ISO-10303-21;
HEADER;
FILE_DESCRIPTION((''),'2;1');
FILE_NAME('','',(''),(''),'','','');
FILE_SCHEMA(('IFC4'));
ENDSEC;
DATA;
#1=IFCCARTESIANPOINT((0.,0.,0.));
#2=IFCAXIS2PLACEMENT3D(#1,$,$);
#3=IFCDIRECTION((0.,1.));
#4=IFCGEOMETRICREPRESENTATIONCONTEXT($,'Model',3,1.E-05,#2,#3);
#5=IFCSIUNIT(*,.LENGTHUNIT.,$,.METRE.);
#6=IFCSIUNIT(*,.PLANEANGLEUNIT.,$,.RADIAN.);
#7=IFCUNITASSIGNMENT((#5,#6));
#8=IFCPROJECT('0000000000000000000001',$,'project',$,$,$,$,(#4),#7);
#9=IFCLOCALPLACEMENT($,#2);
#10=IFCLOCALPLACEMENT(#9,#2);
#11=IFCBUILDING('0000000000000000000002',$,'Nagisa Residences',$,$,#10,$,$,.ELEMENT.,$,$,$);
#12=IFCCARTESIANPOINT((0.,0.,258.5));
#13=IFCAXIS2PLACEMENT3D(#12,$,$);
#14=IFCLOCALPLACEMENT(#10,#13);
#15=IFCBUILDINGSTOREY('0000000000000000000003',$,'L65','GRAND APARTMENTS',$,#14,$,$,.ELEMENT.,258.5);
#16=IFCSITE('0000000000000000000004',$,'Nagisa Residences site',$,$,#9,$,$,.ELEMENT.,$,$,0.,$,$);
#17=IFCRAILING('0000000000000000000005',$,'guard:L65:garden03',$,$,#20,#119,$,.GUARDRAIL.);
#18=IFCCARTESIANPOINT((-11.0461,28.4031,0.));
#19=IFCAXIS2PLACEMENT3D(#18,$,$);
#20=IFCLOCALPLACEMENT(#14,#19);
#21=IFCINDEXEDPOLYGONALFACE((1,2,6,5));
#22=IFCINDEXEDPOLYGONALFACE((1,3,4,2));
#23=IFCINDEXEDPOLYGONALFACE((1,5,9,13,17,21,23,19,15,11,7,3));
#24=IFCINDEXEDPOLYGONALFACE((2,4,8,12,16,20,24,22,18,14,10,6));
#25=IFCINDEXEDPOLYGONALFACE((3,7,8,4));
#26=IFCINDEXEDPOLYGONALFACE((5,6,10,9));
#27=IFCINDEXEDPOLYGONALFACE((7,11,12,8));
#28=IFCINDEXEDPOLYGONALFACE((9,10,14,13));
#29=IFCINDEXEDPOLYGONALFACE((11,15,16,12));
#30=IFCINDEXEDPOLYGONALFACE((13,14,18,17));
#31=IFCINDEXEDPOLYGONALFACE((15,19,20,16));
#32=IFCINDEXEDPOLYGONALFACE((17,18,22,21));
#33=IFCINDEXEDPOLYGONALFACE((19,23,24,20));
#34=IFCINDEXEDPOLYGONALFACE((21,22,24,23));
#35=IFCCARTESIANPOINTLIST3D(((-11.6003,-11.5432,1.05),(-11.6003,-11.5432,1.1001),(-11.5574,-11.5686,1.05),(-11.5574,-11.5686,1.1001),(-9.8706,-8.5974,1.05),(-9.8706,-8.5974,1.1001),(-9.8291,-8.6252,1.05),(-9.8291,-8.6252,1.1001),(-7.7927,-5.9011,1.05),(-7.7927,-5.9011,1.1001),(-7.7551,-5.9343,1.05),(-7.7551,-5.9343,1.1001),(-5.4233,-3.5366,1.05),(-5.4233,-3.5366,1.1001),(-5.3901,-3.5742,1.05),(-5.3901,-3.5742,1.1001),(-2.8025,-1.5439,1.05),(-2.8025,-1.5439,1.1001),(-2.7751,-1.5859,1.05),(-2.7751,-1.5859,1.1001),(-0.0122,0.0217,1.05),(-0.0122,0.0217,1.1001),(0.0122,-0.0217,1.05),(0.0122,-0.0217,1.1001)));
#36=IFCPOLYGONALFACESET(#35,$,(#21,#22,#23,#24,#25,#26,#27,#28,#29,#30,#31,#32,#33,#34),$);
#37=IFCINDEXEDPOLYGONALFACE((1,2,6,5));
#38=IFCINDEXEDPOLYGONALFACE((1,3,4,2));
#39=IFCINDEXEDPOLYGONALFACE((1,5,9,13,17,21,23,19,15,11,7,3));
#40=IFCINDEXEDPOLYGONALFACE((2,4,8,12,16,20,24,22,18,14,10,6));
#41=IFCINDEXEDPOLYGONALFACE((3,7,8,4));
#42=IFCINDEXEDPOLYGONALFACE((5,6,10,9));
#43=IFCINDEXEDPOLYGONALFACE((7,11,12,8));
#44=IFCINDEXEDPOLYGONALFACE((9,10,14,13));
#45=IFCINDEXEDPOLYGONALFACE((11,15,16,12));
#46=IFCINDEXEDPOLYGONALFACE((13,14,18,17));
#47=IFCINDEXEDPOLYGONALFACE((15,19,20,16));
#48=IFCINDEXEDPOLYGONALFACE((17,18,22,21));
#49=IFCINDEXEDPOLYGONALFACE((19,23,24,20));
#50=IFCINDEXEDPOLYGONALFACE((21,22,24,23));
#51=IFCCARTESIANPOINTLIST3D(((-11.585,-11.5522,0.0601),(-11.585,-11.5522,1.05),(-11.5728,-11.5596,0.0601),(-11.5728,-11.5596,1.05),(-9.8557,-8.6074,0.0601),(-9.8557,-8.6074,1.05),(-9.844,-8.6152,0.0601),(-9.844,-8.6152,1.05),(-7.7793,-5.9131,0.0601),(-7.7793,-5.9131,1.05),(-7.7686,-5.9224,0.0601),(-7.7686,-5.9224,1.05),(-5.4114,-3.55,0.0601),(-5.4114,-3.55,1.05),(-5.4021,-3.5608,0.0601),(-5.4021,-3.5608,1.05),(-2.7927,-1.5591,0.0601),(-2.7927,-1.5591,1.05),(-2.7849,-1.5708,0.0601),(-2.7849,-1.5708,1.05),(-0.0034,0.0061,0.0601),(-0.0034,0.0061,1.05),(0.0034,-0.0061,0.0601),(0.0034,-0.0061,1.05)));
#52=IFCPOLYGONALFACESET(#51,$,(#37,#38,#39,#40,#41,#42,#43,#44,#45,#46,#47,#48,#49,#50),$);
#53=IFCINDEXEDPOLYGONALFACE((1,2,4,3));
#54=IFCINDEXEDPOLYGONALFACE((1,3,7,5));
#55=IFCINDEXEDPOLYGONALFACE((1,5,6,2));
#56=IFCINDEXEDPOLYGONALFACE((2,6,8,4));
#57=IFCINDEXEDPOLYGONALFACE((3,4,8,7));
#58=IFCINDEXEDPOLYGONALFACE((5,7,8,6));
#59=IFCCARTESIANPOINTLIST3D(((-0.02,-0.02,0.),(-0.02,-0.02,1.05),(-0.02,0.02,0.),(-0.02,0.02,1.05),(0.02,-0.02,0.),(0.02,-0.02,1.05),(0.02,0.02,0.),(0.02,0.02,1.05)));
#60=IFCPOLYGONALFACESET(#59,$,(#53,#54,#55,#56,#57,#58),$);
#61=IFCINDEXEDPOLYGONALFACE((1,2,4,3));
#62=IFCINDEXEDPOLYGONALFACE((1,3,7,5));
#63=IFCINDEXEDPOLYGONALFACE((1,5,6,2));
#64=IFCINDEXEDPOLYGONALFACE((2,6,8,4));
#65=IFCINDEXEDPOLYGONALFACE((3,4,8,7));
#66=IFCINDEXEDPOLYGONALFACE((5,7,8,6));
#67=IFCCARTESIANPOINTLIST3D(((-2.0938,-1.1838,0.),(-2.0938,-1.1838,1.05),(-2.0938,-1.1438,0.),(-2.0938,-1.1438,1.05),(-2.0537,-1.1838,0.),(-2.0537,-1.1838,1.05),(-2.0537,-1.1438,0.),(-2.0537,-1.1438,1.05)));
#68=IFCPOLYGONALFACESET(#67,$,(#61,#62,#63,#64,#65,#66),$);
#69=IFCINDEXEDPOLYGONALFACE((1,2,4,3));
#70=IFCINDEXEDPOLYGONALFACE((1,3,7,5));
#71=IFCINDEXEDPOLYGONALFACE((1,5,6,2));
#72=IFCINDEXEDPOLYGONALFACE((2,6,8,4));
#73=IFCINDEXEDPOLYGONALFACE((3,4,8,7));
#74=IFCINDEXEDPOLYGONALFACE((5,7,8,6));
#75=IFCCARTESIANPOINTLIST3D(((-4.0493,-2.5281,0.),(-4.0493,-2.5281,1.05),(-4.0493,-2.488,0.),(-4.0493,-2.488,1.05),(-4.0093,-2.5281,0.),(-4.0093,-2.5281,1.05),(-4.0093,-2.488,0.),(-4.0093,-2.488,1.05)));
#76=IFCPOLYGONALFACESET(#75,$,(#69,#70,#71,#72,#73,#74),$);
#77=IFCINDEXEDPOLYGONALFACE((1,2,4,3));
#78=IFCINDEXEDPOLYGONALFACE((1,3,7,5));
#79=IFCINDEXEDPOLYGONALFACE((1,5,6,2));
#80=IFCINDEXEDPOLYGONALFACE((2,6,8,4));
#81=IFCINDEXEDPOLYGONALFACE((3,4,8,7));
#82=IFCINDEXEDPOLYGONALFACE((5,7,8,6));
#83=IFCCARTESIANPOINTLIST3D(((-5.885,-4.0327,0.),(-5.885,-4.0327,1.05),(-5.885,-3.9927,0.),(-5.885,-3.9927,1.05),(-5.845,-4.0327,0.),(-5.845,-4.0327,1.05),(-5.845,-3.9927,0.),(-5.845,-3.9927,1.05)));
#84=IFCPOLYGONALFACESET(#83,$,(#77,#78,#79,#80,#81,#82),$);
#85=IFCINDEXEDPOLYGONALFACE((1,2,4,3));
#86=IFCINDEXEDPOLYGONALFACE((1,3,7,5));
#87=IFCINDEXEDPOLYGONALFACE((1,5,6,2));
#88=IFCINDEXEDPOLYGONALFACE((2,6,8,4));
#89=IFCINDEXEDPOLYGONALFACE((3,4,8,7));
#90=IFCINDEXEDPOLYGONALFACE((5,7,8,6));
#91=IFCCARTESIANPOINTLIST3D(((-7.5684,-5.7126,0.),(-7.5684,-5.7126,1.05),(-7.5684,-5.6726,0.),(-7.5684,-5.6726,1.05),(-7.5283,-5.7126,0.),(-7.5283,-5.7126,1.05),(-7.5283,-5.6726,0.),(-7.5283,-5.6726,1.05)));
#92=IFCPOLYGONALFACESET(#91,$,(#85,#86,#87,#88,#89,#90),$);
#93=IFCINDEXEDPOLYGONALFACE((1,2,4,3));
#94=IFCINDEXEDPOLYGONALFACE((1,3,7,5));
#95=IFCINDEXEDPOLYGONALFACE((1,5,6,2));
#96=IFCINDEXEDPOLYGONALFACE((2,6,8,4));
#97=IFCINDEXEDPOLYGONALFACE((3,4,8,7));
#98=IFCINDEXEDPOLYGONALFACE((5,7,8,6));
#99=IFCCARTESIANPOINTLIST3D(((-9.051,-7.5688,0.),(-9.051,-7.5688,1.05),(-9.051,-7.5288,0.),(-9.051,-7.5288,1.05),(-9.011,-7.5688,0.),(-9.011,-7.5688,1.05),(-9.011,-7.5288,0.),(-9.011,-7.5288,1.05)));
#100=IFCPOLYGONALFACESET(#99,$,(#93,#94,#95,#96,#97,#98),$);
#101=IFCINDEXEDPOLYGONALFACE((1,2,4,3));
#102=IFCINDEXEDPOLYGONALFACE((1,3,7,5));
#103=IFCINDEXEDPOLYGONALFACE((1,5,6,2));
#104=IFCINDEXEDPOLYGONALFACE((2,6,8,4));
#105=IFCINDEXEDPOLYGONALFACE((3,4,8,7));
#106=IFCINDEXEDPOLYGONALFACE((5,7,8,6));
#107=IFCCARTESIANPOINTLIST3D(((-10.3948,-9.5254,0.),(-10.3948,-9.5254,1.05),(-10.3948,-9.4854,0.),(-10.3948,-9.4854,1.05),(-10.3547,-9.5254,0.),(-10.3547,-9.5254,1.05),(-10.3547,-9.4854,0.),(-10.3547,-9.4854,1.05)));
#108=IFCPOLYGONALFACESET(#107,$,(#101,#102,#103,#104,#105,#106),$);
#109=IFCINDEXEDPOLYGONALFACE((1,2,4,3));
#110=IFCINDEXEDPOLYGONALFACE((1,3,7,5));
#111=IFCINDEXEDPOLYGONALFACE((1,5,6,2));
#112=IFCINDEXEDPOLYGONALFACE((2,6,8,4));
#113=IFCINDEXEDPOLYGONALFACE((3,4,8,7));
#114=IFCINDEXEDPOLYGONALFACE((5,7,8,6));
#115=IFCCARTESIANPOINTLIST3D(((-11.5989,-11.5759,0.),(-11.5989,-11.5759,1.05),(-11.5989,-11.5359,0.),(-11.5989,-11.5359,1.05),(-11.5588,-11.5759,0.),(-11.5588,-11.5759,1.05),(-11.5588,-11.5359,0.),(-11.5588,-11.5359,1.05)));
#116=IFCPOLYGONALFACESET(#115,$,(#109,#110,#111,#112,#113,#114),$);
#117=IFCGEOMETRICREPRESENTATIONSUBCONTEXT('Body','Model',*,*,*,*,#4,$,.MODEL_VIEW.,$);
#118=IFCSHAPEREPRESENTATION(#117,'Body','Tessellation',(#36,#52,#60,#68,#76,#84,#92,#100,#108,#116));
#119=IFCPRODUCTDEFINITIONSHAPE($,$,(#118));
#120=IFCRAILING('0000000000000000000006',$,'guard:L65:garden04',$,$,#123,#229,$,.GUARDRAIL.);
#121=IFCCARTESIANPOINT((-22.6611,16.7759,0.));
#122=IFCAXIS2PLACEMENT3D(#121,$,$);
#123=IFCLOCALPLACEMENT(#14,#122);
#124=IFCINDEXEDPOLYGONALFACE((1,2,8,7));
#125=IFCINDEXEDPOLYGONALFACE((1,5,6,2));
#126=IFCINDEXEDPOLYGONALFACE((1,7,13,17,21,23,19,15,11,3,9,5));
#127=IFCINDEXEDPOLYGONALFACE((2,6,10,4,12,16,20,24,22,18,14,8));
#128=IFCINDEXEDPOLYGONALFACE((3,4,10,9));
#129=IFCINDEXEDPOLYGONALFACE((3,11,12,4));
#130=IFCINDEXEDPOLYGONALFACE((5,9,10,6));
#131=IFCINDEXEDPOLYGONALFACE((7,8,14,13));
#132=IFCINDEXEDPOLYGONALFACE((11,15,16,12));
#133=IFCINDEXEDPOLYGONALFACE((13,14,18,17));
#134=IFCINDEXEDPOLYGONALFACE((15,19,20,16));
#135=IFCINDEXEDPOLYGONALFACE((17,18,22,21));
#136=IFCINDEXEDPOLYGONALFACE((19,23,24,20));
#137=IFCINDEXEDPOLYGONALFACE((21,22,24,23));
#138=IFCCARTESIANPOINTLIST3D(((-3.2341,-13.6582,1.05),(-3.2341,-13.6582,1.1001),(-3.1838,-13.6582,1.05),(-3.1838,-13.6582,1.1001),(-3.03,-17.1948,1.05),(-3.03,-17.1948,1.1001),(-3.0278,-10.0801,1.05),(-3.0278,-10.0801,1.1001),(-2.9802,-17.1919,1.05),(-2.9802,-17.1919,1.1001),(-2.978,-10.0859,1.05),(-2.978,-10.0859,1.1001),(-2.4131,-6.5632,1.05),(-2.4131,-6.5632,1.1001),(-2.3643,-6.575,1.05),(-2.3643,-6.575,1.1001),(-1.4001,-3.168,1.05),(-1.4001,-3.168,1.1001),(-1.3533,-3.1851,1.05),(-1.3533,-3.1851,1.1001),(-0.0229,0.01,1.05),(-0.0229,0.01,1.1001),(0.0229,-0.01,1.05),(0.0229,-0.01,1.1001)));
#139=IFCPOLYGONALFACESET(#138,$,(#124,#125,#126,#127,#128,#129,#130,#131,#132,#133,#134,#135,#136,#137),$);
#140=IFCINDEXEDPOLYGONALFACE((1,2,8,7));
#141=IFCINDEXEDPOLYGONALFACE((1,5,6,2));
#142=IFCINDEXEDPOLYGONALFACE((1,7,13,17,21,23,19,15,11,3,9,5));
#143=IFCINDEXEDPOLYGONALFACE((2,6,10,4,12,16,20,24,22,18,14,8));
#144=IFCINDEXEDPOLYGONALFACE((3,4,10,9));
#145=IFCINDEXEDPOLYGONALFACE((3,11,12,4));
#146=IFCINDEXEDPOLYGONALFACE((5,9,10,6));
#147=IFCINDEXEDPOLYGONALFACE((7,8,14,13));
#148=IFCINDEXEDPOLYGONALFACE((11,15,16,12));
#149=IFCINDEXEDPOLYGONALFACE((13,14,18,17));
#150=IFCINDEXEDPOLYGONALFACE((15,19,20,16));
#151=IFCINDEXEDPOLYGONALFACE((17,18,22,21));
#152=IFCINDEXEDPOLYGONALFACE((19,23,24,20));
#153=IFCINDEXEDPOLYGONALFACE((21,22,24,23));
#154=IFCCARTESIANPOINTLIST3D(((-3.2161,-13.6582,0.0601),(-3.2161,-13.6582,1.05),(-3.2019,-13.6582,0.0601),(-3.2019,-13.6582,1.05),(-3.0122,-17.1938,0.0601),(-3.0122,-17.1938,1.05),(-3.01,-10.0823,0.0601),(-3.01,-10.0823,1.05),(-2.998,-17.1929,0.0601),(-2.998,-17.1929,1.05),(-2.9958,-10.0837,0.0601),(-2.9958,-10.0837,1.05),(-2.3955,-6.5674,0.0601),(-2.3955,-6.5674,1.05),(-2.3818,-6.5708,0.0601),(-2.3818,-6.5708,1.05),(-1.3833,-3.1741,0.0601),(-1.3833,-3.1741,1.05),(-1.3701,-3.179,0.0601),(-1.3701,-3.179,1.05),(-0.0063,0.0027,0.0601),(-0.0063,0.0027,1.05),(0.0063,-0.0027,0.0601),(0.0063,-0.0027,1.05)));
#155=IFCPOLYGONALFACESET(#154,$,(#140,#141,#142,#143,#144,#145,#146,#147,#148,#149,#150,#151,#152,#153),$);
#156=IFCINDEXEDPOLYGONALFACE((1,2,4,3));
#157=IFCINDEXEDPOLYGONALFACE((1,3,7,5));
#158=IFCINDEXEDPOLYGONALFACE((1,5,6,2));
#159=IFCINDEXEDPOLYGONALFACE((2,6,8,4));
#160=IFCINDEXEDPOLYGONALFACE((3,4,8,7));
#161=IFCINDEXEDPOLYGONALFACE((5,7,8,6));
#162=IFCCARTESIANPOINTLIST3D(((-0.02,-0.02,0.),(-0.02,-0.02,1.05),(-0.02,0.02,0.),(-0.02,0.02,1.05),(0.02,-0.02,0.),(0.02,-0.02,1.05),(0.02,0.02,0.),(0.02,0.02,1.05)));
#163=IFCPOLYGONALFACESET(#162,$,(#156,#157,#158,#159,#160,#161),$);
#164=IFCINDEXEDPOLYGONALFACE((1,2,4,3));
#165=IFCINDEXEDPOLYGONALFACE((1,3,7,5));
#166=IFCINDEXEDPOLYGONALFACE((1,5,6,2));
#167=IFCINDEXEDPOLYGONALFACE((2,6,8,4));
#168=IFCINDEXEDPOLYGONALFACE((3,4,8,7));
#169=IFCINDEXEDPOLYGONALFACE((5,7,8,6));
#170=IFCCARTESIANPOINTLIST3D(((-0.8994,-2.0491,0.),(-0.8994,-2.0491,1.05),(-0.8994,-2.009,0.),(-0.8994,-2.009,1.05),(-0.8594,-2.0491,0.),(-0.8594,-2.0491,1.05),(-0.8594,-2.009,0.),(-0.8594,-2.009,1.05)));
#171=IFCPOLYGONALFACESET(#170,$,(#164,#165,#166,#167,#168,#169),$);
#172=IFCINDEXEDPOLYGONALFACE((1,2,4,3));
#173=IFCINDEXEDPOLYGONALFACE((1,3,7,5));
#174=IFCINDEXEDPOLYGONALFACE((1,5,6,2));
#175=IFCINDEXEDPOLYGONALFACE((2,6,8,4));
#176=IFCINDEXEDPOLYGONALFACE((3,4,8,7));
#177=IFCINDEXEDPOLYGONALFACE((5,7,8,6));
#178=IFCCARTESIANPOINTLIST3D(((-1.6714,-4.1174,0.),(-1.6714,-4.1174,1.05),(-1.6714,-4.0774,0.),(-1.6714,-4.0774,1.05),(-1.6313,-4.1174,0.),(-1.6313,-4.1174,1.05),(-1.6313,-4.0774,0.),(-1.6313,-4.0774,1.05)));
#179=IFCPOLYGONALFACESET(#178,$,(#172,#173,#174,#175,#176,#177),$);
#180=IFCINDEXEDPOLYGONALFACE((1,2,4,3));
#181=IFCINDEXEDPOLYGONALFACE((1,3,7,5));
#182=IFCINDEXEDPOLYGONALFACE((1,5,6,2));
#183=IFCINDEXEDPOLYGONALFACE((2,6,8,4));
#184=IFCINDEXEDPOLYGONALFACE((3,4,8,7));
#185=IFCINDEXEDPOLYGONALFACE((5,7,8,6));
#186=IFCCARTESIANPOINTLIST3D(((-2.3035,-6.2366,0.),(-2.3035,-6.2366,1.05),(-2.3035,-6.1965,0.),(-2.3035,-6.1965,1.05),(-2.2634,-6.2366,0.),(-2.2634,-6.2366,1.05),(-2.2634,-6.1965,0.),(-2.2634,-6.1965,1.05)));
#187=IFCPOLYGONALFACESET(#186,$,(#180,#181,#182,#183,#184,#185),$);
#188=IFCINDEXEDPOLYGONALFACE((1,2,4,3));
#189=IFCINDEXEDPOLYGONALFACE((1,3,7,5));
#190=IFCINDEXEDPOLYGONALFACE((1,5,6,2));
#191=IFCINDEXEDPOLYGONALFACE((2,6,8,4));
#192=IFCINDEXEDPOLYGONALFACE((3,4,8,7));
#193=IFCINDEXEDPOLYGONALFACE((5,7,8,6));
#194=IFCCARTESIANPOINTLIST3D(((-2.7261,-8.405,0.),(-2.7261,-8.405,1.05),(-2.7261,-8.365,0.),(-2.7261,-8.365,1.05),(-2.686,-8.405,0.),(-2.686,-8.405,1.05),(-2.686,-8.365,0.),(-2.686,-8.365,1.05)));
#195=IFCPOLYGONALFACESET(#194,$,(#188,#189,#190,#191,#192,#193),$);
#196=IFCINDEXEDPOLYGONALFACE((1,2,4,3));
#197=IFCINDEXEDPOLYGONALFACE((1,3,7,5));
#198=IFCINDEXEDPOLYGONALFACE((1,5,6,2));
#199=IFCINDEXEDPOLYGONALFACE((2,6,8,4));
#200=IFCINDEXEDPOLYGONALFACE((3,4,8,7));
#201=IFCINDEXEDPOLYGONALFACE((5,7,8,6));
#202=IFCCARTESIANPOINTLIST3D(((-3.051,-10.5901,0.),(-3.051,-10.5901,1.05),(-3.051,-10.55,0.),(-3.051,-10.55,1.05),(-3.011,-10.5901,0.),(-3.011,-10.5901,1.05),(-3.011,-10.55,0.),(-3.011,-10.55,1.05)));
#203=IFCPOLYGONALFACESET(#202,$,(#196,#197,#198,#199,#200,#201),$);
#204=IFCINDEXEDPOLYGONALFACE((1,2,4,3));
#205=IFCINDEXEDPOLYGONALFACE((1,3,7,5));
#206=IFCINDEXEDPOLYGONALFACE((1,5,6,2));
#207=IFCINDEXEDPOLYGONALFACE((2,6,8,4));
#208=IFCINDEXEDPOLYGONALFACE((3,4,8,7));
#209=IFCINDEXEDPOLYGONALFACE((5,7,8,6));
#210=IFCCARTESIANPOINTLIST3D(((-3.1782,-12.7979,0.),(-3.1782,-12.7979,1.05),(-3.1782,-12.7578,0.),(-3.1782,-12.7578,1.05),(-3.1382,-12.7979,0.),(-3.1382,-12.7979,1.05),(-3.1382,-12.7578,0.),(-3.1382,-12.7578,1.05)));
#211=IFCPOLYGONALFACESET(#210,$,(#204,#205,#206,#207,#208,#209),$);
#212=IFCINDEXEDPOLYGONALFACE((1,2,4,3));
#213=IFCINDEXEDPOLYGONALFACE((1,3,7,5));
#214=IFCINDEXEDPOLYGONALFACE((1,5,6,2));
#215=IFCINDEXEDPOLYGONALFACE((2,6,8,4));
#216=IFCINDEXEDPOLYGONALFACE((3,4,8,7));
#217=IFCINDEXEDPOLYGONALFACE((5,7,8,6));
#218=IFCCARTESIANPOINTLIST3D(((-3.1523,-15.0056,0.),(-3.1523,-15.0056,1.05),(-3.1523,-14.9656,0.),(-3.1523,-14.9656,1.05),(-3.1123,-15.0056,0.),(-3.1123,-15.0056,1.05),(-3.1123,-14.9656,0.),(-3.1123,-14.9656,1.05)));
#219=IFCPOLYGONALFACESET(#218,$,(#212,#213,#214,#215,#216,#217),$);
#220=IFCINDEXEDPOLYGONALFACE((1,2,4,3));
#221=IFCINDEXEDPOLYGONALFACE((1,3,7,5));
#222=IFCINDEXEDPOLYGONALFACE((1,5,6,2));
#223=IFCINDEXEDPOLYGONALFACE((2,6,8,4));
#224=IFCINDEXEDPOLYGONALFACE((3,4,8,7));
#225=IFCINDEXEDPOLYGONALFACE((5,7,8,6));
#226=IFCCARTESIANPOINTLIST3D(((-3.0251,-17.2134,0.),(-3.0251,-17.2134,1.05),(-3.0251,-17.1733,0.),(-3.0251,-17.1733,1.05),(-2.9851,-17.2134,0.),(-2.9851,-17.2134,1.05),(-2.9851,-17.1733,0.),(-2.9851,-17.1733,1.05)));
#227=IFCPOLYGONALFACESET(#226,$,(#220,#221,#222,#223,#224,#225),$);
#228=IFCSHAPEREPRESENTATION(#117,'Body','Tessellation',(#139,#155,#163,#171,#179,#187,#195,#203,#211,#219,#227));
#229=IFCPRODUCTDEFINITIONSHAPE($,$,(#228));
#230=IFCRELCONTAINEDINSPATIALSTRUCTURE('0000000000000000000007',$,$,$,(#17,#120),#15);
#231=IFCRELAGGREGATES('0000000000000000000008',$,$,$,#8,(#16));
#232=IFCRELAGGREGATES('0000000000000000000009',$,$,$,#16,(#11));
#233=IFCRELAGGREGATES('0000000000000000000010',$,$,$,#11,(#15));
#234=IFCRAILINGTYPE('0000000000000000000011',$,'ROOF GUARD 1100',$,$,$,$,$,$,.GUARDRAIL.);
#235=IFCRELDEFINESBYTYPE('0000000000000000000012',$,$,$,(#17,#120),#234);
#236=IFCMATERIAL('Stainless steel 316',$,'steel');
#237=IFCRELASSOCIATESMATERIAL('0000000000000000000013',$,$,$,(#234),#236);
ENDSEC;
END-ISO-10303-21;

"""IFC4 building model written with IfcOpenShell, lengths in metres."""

from ifc_helpers import new_model, si_unit, direction, frame, origin, origin_2d, place, context, subcontext, project, spatial, polyline, rectangle, outline, extrude, material, type_object, element, save


model = new_model("IFC4")

# Units and contexts
model_context = context("Model", 3, precision=1e-05, world=origin(), true_north=direction((0.0, 1.0)))
body_context = subcontext(model_context, "Body", "Model", "MODEL_VIEW")
ifc_project = project(units=[si_unit("LENGTHUNIT", "METRE"), si_unit("PLANEANGLEUNIT", "RADIAN")], contexts=[model_context])

# Site, building, storey
site_placement = place(None, origin())
site = spatial("IfcSite", under=ifc_project, at=site_placement, Name="Nagisa Residences site", CompositionType="ELEMENT", RefElevation=0.0)
building_placement = place(site_placement, origin())
building = spatial("IfcBuilding", under=site, at=building_placement, Name="Nagisa Residences", CompositionType="ELEMENT")
storey_placement = place(building_placement, frame((0.0, 0.0, 258.5)))
storey = spatial("IfcBuildingStorey", under=building, at=storey_placement, Name="L65", Description="GRAND APARTMENTS", CompositionType="ELEMENT", Elevation=258.5)

# Railings
ifc_material_1 = material(Name="Stainless steel 316", Category="steel")
railing_type = type_object("IfcRailingType", Name="ROOF GUARD 1100", PredefinedType="GUARDRAIL", material=ifc_material_1)
railing_1_placement = place(storey_placement, frame((-11.0461, 28.4031, 0.0)))
element("IfcRailing", 1, at=railing_1_placement, inside=storey, type_object=railing_type, Name="guard:L65:garden03", PredefinedType="GUARDRAIL", context=body_context, shape_type="SweptSolid", body=[
    extrude(outline(polyline([(-2.7751, -1.5859), (0.0122, -0.0217), (-0.0122, 0.0217), (-2.8025, -1.5439), (-5.4233, -3.5366), (-7.7927, -5.9011), (-9.8706, -8.5974), (-11.6003, -11.5432), (-11.5574, -11.5686), (-9.8291, -8.6252), (-7.7551, -5.9343), (-5.3901, -3.5742), (-2.7751, -1.5859)])), frame((0.0, 0.0, 1.05)), (0.0, 0.0, 1.0), 0.05),
    extrude(outline(polyline([(-2.7849, -1.5708), (0.0034, -0.0061), (-0.0034, 0.0061), (-2.7927, -1.5591), (-5.4114, -3.55), (-7.7793, -5.9131), (-9.8557, -8.6074), (-11.585, -11.5522), (-11.5728, -11.5596), (-9.844, -8.6152), (-7.7686, -5.9224), (-5.4021, -3.5608), (-2.7849, -1.5708)])), frame((0.0, 0.0, 0.0601)), (0.0, 0.0, 1.0), 0.99),
    extrude(rectangle(XDim=0.04, YDim=0.04, at=origin_2d()), origin(), (0.0, 0.0, 1.0), 1.05),
    extrude(rectangle(XDim=0.04, YDim=0.04, at=origin_2d()), frame((-2.0737, -1.1638, 0.0)), (0.0, 0.0, 1.0), 1.05),
    extrude(rectangle(XDim=0.04, YDim=0.04, at=origin_2d()), frame((-4.0293, -2.5081, 0.0)), (0.0, 0.0, 1.0), 1.05),
    extrude(rectangle(XDim=0.04, YDim=0.04, at=origin_2d()), frame((-5.865, -4.0127, 0.0)), (0.0, 0.0, 1.0), 1.05),
    extrude(rectangle(XDim=0.04, YDim=0.04, at=origin_2d()), frame((-7.5483, -5.6926, 0.0)), (0.0, 0.0, 1.0), 1.05),
    extrude(rectangle(XDim=0.04, YDim=0.04, at=origin_2d()), frame((-9.031, -7.5488, 0.0)), (0.0, 0.0, 1.0), 1.05),
    extrude(rectangle(XDim=0.04, YDim=0.04, at=origin_2d()), frame((-10.3748, -9.5054, 0.0)), (0.0, 0.0, 1.0), 1.05),
    extrude(rectangle(XDim=0.04, YDim=0.04, at=origin_2d()), frame((-11.5789, -11.5559, 0.0)), (0.0, 0.0, 1.0), 1.05),
])
railing_2_placement = place(storey_placement, frame((-22.6611, 16.7759, 0.0)))
element("IfcRailing", 2, at=railing_2_placement, inside=storey, type_object=railing_type, Name="guard:L65:garden04", PredefinedType="GUARDRAIL", context=body_context, shape_type="SweptSolid", body=[
    extrude(outline(polyline([(-1.3533, -3.1851), (0.0229, -0.01), (-0.0229, 0.01), (-1.4001, -3.168), (-2.4131, -6.5632), (-3.0278, -10.0801), (-3.2341, -13.6582), (-3.03, -17.1948), (-2.9802, -17.1919), (-3.1838, -13.6582), (-2.978, -10.0859), (-2.3643, -6.575), (-1.3533, -3.1851)])), frame((0.0, 0.0, 1.05)), (0.0, 0.0, 1.0), 0.05),
    extrude(outline(polyline([(-1.3701, -3.179), (0.0063, -0.0027), (-0.0063, 0.0027), (-1.3833, -3.1741), (-2.3955, -6.5674), (-3.01, -10.0823), (-3.2161, -13.6582), (-3.0122, -17.1938), (-2.998, -17.1929), (-3.2019, -13.6582), (-2.9958, -10.0837), (-2.3818, -6.5708), (-1.3701, -3.179)])), frame((0.0, 0.0, 0.0601)), (0.0, 0.0, 1.0), 0.99),
    extrude(rectangle(XDim=0.04, YDim=0.04, at=origin_2d()), origin(), (0.0, 0.0, 1.0), 1.05),
    extrude(rectangle(XDim=0.04, YDim=0.04, at=origin_2d()), frame((-0.8794, -2.0291, 0.0)), (0.0, 0.0, 1.0), 1.05),
    extrude(rectangle(XDim=0.04, YDim=0.04, at=origin_2d()), frame((-1.6514, -4.0974, 0.0)), (0.0, 0.0, 1.0), 1.05),
    extrude(rectangle(XDim=0.04, YDim=0.04, at=origin_2d()), frame((-2.2834, -6.2166, 0.0)), (0.0, 0.0, 1.0), 1.05),
    extrude(rectangle(XDim=0.04, YDim=0.04, at=origin_2d()), frame((-2.7061, -8.385, 0.0)), (0.0, 0.0, 1.0), 1.05),
    extrude(rectangle(XDim=0.04, YDim=0.04, at=origin_2d()), frame((-3.031, -10.5701, 0.0)), (0.0, 0.0, 1.0), 1.05),
    extrude(rectangle(XDim=0.04, YDim=0.04, at=origin_2d()), frame((-3.1582, -12.7778, 0.0)), (0.0, 0.0, 1.0), 1.05),
    extrude(rectangle(XDim=0.04, YDim=0.04, at=origin_2d()), frame((-3.1323, -14.9856, 0.0)), (0.0, 0.0, 1.0), 1.05),
    extrude(rectangle(XDim=0.04, YDim=0.04, at=origin_2d()), frame((-3.0051, -17.1934, 0.0)), (0.0, 0.0, 1.0), 1.05),
])

save(model, "model.ifc")
